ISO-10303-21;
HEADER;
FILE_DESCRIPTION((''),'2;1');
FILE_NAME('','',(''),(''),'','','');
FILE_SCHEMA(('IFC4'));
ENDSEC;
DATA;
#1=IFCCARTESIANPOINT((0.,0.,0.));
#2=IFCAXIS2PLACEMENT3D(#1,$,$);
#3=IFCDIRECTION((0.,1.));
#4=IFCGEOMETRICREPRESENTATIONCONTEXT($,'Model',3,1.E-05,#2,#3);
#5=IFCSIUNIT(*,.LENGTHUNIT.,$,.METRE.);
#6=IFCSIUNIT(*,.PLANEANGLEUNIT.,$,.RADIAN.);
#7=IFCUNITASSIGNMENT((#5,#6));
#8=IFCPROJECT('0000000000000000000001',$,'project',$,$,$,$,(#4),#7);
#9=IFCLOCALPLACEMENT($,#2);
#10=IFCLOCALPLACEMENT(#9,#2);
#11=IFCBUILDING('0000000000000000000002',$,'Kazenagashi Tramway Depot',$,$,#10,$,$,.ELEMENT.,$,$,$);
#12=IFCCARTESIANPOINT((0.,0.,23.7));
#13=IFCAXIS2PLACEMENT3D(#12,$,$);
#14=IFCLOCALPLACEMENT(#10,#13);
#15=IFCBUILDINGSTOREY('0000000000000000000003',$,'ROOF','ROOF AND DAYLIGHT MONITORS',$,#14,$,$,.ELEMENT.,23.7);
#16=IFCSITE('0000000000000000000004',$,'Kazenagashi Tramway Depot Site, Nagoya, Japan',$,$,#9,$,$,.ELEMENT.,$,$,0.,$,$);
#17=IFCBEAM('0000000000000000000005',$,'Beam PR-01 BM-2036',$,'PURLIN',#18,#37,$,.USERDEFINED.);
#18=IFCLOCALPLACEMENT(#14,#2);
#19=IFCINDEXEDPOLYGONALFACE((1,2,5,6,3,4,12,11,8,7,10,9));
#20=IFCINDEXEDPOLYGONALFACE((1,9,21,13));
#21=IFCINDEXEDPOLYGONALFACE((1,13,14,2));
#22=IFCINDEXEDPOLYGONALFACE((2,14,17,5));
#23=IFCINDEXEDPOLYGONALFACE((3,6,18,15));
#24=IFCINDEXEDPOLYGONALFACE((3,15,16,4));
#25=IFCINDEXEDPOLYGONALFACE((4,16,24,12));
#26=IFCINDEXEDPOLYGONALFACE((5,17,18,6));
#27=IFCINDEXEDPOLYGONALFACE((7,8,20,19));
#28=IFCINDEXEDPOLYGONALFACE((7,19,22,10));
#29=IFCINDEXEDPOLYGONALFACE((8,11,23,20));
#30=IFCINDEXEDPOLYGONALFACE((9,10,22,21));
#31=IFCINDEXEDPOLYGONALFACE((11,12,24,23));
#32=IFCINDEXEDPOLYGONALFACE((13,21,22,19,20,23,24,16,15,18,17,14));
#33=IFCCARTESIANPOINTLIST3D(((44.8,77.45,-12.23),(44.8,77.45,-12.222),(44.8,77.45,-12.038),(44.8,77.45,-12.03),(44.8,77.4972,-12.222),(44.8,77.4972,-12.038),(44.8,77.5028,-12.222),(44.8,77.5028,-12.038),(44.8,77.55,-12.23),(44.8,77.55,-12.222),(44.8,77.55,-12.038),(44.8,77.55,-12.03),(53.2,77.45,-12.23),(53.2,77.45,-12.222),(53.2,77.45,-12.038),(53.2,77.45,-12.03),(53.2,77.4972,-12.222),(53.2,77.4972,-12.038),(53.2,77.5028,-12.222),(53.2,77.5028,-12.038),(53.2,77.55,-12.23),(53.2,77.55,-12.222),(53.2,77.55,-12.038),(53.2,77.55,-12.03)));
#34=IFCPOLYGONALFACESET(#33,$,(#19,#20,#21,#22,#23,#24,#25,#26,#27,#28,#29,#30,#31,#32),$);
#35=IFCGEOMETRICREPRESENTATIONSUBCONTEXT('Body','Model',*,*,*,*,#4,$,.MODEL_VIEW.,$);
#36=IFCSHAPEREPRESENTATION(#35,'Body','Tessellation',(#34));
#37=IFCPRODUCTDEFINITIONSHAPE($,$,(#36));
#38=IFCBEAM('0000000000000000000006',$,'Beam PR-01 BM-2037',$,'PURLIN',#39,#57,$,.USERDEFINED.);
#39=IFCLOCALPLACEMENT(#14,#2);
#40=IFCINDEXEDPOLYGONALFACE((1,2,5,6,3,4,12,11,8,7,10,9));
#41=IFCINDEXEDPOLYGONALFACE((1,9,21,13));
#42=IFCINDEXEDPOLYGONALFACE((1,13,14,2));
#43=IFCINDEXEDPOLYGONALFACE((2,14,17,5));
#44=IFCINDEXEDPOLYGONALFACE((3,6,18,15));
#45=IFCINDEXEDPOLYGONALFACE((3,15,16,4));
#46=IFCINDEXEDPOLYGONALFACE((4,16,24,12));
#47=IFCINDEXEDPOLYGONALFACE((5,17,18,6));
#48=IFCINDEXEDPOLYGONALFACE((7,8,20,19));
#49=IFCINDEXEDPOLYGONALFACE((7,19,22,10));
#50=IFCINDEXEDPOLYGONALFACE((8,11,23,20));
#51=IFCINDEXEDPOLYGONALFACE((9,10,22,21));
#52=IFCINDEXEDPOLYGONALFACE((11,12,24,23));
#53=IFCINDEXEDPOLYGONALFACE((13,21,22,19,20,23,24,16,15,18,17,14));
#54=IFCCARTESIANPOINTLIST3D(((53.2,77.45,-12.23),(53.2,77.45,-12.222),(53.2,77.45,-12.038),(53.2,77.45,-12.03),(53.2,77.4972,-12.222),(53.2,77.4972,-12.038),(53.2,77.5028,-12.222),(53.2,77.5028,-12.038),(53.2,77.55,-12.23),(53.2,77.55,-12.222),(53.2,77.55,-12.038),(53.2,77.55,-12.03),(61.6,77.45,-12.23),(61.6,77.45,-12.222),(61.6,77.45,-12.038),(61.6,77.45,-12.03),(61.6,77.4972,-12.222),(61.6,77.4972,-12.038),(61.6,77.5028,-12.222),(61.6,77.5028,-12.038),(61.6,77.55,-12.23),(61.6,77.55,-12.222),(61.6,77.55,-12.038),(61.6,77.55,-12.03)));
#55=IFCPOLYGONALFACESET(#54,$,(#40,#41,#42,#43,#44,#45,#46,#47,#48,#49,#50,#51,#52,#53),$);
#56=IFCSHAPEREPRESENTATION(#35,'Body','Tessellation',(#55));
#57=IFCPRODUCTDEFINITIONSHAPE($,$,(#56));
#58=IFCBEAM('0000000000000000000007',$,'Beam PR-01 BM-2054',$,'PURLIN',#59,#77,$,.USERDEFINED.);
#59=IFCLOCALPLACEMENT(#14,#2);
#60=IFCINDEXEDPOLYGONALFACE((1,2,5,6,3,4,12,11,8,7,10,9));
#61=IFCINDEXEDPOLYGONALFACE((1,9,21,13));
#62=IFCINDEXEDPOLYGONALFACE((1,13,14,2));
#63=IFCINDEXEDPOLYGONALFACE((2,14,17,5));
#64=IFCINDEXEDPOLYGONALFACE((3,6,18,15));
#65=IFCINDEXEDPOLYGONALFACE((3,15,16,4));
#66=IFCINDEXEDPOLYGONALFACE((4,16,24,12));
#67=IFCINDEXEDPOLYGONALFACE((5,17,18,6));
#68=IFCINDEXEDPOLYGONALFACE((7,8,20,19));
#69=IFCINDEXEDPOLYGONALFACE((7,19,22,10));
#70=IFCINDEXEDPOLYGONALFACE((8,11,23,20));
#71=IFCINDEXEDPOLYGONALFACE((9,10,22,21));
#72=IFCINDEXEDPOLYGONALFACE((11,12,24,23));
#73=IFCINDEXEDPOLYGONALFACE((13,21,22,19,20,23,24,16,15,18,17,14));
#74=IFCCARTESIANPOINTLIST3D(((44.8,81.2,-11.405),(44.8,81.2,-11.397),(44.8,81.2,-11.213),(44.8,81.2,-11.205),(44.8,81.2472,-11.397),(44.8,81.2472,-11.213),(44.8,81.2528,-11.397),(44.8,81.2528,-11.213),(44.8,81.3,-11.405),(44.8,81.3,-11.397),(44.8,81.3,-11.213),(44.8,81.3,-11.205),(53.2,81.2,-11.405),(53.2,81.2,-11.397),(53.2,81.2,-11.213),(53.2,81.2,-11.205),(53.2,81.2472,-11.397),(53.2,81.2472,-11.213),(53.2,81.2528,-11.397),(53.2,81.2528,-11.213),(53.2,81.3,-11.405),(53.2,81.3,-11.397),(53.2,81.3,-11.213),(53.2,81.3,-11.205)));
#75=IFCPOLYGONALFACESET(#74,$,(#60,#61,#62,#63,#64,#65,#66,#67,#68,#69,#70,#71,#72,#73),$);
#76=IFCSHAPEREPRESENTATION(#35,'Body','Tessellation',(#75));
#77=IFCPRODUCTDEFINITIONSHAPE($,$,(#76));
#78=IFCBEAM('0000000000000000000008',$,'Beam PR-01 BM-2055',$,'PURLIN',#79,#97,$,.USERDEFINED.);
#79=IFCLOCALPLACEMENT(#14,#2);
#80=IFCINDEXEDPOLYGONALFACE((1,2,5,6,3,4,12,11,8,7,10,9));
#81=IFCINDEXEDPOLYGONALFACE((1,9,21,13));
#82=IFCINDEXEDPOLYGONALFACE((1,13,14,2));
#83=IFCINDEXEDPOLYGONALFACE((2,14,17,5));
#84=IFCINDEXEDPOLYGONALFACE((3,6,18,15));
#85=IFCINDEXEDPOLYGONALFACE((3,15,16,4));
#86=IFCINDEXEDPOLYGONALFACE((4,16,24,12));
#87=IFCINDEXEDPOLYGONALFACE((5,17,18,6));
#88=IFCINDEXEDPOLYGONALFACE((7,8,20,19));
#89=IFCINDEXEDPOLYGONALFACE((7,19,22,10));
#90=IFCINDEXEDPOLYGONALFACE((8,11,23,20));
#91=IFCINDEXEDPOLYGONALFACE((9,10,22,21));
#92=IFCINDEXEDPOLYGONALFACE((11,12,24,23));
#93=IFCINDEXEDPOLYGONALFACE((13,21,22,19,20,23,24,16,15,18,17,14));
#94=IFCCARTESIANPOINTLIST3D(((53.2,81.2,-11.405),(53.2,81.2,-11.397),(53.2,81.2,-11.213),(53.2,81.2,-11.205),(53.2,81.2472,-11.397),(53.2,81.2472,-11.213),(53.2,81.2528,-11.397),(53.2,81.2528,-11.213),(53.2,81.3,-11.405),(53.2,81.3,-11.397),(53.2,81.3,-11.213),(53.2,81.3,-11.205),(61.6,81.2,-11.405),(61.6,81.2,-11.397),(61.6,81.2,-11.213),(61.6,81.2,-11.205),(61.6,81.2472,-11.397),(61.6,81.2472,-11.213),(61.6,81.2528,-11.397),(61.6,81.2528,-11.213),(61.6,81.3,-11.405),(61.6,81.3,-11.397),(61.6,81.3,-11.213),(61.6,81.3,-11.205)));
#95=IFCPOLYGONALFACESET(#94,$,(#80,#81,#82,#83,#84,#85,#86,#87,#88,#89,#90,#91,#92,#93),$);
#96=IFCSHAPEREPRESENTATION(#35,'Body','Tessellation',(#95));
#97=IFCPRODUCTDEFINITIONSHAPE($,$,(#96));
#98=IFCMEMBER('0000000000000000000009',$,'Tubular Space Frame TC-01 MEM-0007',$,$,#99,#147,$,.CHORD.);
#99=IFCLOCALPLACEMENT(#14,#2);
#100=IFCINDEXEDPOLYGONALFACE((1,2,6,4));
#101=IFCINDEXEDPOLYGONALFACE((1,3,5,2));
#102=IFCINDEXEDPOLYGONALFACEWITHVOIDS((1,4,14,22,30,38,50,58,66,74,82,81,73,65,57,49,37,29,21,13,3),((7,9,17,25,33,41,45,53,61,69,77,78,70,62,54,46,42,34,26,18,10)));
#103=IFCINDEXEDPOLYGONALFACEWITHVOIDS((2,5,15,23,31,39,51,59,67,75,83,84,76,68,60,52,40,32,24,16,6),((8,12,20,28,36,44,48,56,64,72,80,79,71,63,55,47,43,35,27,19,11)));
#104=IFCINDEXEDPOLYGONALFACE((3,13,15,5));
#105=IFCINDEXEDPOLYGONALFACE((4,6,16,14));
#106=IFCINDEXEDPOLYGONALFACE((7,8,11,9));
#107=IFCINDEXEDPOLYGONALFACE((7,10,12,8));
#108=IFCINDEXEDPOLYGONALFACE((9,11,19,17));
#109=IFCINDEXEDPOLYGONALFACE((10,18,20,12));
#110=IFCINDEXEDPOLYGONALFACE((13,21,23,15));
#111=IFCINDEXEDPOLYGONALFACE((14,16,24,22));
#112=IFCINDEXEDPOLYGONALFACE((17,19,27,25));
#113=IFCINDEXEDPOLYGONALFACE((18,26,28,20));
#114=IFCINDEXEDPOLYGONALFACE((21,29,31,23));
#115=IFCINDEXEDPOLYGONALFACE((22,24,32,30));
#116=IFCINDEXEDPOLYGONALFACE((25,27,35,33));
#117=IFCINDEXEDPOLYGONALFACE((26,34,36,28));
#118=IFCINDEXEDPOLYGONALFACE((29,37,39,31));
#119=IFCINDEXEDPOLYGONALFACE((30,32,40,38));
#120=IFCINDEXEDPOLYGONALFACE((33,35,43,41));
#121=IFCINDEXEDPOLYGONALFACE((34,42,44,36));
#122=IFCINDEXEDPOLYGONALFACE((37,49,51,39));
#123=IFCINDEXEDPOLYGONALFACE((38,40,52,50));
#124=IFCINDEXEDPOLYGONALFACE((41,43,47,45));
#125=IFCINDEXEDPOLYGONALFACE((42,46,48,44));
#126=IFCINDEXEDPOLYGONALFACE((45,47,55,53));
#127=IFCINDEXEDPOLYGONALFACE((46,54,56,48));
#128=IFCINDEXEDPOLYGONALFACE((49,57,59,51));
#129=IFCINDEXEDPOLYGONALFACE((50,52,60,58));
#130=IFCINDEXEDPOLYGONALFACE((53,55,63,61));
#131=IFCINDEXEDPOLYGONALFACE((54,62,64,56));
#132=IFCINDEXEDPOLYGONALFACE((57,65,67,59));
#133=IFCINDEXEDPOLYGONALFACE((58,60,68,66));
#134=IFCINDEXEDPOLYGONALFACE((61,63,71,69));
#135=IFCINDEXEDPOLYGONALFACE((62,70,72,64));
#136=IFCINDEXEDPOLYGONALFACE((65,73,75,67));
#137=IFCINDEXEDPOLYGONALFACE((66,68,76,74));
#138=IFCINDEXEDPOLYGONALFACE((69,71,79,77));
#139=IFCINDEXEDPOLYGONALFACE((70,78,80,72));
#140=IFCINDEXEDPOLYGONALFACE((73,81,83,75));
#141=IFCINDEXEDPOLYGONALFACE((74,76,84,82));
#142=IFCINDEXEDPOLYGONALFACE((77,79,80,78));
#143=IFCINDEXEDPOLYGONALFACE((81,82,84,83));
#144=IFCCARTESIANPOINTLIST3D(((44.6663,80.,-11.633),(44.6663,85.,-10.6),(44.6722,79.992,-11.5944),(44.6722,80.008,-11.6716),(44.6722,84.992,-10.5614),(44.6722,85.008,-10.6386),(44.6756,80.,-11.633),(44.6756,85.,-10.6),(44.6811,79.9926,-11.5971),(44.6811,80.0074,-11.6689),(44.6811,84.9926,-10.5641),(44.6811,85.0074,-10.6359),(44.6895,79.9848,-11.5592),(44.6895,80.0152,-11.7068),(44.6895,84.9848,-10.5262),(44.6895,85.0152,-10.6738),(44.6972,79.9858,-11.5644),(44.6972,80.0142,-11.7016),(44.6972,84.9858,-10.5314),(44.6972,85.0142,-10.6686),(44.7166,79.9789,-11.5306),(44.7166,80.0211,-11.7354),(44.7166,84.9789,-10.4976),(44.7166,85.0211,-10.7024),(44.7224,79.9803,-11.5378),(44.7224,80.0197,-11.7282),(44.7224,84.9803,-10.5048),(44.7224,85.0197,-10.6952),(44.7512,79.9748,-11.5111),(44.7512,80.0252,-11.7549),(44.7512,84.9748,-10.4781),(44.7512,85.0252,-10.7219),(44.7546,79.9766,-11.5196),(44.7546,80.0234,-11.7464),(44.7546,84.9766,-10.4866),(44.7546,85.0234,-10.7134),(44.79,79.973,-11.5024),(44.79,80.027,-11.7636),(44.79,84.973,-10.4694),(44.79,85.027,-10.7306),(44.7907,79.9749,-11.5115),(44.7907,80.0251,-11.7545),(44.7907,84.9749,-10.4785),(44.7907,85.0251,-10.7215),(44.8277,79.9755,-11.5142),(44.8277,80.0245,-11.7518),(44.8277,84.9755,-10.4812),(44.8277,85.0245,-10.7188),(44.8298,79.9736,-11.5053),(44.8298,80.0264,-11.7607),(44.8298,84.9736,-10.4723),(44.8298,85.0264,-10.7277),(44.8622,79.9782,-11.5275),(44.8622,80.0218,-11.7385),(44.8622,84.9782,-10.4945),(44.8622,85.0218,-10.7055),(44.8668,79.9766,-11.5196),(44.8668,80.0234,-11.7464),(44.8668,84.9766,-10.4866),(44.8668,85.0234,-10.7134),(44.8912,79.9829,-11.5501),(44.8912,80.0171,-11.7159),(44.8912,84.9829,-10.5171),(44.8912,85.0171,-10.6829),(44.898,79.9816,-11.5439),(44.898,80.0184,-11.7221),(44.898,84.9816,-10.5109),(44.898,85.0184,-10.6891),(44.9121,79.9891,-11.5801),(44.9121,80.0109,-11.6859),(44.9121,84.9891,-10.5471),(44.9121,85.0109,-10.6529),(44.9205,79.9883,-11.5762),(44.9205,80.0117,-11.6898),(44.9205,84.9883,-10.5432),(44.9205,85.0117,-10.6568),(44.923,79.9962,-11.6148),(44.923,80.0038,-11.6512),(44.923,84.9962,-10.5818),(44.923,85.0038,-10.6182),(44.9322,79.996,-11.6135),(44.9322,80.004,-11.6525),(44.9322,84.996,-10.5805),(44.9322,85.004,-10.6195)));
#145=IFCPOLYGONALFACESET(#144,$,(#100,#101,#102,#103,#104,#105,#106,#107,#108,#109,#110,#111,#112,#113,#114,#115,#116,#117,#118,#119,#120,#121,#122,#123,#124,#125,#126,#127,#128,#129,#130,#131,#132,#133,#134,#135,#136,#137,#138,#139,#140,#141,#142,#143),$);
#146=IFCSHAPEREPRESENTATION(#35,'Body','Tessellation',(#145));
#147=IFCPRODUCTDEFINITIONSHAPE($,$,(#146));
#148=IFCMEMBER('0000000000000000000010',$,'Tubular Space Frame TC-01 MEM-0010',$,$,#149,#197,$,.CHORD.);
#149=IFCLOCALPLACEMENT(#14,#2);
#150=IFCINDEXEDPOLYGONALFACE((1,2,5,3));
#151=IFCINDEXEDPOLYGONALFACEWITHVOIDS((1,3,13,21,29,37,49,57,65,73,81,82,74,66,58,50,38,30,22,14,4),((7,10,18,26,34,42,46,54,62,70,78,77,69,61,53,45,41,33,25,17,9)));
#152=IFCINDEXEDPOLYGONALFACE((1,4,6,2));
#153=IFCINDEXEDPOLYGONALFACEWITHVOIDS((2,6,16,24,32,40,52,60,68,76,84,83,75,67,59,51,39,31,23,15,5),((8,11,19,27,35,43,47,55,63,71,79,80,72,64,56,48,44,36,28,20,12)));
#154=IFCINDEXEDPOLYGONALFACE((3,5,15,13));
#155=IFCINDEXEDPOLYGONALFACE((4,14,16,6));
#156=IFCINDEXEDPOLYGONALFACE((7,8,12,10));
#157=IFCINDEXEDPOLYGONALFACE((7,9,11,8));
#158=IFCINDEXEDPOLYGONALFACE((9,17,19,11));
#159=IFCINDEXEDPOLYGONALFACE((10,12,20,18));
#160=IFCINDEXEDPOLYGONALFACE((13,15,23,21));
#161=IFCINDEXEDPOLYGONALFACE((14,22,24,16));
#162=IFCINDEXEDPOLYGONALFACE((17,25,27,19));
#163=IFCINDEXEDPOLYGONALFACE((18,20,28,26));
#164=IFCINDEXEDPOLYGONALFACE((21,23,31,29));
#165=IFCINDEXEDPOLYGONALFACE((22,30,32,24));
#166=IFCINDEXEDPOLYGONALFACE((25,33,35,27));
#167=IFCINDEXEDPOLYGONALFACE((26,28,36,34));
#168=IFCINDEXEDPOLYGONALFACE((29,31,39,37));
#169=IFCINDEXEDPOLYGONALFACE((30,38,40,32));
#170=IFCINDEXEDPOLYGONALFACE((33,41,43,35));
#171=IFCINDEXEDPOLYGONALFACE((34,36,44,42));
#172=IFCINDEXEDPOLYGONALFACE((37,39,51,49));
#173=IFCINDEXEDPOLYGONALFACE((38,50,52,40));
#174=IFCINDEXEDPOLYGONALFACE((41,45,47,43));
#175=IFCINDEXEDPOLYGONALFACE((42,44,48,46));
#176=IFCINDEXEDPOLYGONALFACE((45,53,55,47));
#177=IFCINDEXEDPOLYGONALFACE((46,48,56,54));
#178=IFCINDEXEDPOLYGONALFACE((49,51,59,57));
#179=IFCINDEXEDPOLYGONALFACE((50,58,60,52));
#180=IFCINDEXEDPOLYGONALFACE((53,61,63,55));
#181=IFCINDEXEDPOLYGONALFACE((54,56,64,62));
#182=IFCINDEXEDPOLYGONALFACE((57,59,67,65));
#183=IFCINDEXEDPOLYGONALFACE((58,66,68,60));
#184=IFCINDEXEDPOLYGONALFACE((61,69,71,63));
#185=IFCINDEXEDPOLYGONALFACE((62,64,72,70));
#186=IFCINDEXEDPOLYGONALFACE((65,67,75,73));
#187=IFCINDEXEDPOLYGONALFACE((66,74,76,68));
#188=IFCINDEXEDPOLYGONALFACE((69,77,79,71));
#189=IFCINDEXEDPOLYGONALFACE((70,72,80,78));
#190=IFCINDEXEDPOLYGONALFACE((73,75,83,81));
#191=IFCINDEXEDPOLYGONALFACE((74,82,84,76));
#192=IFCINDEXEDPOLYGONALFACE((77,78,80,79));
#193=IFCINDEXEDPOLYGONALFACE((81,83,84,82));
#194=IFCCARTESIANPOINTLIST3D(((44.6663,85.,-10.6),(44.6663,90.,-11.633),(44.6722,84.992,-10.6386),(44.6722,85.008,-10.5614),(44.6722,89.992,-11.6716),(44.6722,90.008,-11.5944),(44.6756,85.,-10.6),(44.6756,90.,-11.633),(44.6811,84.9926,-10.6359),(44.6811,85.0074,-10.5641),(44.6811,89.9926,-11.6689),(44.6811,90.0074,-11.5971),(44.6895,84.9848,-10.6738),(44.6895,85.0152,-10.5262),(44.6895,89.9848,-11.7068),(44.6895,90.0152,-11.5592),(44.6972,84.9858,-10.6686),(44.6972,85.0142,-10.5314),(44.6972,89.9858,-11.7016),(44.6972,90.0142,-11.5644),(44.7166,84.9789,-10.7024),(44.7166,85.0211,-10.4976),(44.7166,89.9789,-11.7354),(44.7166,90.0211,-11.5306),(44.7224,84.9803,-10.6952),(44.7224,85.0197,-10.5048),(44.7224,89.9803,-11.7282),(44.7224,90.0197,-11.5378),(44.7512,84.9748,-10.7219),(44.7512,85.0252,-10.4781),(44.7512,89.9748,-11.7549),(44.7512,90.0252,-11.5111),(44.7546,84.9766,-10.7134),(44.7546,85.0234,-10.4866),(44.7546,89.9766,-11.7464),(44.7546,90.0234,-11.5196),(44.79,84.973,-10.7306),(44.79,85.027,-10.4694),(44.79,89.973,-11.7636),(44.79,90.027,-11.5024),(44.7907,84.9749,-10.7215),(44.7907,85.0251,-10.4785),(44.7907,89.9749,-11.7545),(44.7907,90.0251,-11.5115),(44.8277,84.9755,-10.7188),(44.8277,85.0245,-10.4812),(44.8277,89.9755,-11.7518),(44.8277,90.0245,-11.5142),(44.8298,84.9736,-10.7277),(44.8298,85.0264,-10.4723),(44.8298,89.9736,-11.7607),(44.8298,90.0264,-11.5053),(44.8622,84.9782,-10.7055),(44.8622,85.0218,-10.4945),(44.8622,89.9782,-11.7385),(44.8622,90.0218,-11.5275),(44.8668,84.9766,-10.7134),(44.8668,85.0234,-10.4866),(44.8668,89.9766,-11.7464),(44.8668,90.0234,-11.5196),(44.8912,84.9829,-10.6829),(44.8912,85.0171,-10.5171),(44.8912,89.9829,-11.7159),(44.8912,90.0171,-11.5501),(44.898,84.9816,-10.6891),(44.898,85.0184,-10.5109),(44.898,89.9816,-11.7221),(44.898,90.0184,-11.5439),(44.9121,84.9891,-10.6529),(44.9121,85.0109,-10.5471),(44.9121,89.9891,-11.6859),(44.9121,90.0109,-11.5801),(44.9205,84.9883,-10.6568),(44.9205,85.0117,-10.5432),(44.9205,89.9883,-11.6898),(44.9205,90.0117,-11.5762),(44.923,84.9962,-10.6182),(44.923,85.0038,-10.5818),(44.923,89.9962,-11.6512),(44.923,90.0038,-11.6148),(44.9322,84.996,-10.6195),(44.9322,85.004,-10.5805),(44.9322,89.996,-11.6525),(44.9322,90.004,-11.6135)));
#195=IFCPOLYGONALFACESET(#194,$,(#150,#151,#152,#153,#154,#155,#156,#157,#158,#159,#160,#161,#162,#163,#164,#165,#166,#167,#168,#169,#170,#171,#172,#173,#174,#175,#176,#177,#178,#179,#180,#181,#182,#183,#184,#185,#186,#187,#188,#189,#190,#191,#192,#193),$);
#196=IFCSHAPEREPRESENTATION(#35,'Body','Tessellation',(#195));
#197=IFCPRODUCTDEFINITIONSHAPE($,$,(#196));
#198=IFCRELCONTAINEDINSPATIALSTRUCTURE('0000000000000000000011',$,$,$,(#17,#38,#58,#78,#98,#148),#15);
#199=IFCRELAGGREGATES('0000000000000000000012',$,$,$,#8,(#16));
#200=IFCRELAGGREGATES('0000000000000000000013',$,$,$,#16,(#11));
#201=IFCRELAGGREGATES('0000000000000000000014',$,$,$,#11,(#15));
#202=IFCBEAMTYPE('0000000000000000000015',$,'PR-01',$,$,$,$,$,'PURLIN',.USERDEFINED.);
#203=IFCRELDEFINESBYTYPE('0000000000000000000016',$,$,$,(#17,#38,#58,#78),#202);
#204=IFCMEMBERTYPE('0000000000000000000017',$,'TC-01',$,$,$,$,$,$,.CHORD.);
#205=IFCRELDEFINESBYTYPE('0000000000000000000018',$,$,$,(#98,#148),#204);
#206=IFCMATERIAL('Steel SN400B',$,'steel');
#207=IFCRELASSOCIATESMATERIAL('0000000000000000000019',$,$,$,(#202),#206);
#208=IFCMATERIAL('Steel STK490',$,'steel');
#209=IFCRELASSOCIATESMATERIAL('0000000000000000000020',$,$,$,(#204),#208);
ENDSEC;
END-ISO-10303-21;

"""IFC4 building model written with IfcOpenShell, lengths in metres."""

from ifc_helpers import new_model, si_unit, direction, frame, origin, origin_2d, place, context, subcontext, project, spatial, hollow_circle, i_section, extrude, material, material_profile, profile_set, type_object, element, save


model = new_model("IFC4")

# Units and contexts
model_context = context("Model", 3, precision=1e-05, world=origin(), true_north=direction((0.0, 1.0)))
body_context = subcontext(model_context, "Body", "Model", "MODEL_VIEW")
ifc_project = project(units=[si_unit("LENGTHUNIT", "METRE"), si_unit("PLANEANGLEUNIT", "RADIAN")], contexts=[model_context])

# Site, building, storey
site_placement = place(None, origin())
site = spatial("IfcSite", under=ifc_project, at=site_placement, Name="Kazenagashi Tramway Depot Site, Nagoya, Japan", CompositionType="ELEMENT", RefElevation=0.0)
building_placement = place(site_placement, origin())
building = spatial("IfcBuilding", under=site, at=building_placement, Name="Kazenagashi Tramway Depot", CompositionType="ELEMENT")
storey_placement = place(building_placement, frame((0.0, 0.0, 23.7)))
storey = spatial("IfcBuildingStorey", under=building, at=storey_placement, Name="ROOF", Description="ROOF AND DAYLIGHT MONITORS", CompositionType="ELEMENT", Elevation=23.7)

# Beams
ifc_material_1 = material(Name="Steel SN400B", Category="steel")
ifc_material_profile_1 = material_profile(ifc_material_1, i_section(OverallWidth=0.1, OverallDepth=0.2, WebThickness=0.0055, FlangeThickness=0.008, at=origin_2d()), Name="H-200x100x5.5x8")
ifc_profile_set_1 = profile_set([ifc_material_profile_1], Name="Steel SN400B")
beam_type = type_object("IfcBeamType", Name="PR-01", ElementType="PURLIN", PredefinedType="USERDEFINED", material=ifc_profile_set_1)
for number, where, z_axis, x_axis, name in (
    (1, (44.8, 77.5, -12.13), (1.0, 0.0, 0.0), (0.0, 1.0, 0.0), "Beam PR-01 BM-2036"),
    (2, (53.2, 77.5, -12.13), (1.0, 0.0, 0.0), (0.0, 1.0, 0.0), "Beam PR-01 BM-2037"),
    (3, (44.8, 81.25, -11.305), (1.0, 0.0, 0.0), (0.0, 1.0, 0.0), "Beam PR-01 BM-2054"),
    (4, (53.2, 81.25, -11.305), (1.0, 0.0, 0.0), (0.0, 1.0, 0.0), "Beam PR-01 BM-2055"),
):
    element("IfcBeam", number, at=place(storey_placement, frame(where, z_axis=z_axis, x_axis=x_axis)), inside=storey, type_object=beam_type, Name=name, ObjectType="PURLIN", PredefinedType="USERDEFINED", context=body_context, shape_type="SweptSolid", body=[
        extrude(i_section(OverallWidth=0.1, OverallDepth=0.2, WebThickness=0.0055, FlangeThickness=0.008, at=origin_2d()), origin(), (0.0, 0.0, 1.0), 8.4),
    ])

# Members
ifc_material_2 = material(Name="Steel STK490", Category="steel")
ifc_material_profile_2 = material_profile(ifc_material_2, hollow_circle(Radius=0.1337, WallThickness=0.0093, at=origin_2d()), Name="CHS-267.4x9.3")
ifc_profile_set_2 = profile_set([ifc_material_profile_2], Name="Steel STK490")
member_type_1 = type_object("IfcMemberType", Name="TC-01", PredefinedType="CHORD", material=ifc_profile_set_2)
for number, where, z_axis, x_axis, name in (
    (5, (44.8, 80.0, -11.633), (0.0, 0.979318, 0.202327), (-1.0, 0.0, 0.0), "Tubular Space Frame TC-01 MEM-0007"),
    (6, (44.8, 85.0, -10.6), (0.0, 0.979318, -0.202327), (-1.0, 0.0, 0.0), "Tubular Space Frame TC-01 MEM-0010"),
):
    element("IfcMember", number, at=place(storey_placement, frame(where, z_axis=z_axis, x_axis=x_axis)), inside=storey, type_object=member_type_1, Name=name, PredefinedType="CHORD", context=body_context, shape_type="SweptSolid", body=[
        extrude(hollow_circle(Radius=0.1337, WallThickness=0.0093, at=origin_2d()), origin(), (0.0, 0.0, 1.0), 5.1056),
    ])

save(model, "model.ifc")
